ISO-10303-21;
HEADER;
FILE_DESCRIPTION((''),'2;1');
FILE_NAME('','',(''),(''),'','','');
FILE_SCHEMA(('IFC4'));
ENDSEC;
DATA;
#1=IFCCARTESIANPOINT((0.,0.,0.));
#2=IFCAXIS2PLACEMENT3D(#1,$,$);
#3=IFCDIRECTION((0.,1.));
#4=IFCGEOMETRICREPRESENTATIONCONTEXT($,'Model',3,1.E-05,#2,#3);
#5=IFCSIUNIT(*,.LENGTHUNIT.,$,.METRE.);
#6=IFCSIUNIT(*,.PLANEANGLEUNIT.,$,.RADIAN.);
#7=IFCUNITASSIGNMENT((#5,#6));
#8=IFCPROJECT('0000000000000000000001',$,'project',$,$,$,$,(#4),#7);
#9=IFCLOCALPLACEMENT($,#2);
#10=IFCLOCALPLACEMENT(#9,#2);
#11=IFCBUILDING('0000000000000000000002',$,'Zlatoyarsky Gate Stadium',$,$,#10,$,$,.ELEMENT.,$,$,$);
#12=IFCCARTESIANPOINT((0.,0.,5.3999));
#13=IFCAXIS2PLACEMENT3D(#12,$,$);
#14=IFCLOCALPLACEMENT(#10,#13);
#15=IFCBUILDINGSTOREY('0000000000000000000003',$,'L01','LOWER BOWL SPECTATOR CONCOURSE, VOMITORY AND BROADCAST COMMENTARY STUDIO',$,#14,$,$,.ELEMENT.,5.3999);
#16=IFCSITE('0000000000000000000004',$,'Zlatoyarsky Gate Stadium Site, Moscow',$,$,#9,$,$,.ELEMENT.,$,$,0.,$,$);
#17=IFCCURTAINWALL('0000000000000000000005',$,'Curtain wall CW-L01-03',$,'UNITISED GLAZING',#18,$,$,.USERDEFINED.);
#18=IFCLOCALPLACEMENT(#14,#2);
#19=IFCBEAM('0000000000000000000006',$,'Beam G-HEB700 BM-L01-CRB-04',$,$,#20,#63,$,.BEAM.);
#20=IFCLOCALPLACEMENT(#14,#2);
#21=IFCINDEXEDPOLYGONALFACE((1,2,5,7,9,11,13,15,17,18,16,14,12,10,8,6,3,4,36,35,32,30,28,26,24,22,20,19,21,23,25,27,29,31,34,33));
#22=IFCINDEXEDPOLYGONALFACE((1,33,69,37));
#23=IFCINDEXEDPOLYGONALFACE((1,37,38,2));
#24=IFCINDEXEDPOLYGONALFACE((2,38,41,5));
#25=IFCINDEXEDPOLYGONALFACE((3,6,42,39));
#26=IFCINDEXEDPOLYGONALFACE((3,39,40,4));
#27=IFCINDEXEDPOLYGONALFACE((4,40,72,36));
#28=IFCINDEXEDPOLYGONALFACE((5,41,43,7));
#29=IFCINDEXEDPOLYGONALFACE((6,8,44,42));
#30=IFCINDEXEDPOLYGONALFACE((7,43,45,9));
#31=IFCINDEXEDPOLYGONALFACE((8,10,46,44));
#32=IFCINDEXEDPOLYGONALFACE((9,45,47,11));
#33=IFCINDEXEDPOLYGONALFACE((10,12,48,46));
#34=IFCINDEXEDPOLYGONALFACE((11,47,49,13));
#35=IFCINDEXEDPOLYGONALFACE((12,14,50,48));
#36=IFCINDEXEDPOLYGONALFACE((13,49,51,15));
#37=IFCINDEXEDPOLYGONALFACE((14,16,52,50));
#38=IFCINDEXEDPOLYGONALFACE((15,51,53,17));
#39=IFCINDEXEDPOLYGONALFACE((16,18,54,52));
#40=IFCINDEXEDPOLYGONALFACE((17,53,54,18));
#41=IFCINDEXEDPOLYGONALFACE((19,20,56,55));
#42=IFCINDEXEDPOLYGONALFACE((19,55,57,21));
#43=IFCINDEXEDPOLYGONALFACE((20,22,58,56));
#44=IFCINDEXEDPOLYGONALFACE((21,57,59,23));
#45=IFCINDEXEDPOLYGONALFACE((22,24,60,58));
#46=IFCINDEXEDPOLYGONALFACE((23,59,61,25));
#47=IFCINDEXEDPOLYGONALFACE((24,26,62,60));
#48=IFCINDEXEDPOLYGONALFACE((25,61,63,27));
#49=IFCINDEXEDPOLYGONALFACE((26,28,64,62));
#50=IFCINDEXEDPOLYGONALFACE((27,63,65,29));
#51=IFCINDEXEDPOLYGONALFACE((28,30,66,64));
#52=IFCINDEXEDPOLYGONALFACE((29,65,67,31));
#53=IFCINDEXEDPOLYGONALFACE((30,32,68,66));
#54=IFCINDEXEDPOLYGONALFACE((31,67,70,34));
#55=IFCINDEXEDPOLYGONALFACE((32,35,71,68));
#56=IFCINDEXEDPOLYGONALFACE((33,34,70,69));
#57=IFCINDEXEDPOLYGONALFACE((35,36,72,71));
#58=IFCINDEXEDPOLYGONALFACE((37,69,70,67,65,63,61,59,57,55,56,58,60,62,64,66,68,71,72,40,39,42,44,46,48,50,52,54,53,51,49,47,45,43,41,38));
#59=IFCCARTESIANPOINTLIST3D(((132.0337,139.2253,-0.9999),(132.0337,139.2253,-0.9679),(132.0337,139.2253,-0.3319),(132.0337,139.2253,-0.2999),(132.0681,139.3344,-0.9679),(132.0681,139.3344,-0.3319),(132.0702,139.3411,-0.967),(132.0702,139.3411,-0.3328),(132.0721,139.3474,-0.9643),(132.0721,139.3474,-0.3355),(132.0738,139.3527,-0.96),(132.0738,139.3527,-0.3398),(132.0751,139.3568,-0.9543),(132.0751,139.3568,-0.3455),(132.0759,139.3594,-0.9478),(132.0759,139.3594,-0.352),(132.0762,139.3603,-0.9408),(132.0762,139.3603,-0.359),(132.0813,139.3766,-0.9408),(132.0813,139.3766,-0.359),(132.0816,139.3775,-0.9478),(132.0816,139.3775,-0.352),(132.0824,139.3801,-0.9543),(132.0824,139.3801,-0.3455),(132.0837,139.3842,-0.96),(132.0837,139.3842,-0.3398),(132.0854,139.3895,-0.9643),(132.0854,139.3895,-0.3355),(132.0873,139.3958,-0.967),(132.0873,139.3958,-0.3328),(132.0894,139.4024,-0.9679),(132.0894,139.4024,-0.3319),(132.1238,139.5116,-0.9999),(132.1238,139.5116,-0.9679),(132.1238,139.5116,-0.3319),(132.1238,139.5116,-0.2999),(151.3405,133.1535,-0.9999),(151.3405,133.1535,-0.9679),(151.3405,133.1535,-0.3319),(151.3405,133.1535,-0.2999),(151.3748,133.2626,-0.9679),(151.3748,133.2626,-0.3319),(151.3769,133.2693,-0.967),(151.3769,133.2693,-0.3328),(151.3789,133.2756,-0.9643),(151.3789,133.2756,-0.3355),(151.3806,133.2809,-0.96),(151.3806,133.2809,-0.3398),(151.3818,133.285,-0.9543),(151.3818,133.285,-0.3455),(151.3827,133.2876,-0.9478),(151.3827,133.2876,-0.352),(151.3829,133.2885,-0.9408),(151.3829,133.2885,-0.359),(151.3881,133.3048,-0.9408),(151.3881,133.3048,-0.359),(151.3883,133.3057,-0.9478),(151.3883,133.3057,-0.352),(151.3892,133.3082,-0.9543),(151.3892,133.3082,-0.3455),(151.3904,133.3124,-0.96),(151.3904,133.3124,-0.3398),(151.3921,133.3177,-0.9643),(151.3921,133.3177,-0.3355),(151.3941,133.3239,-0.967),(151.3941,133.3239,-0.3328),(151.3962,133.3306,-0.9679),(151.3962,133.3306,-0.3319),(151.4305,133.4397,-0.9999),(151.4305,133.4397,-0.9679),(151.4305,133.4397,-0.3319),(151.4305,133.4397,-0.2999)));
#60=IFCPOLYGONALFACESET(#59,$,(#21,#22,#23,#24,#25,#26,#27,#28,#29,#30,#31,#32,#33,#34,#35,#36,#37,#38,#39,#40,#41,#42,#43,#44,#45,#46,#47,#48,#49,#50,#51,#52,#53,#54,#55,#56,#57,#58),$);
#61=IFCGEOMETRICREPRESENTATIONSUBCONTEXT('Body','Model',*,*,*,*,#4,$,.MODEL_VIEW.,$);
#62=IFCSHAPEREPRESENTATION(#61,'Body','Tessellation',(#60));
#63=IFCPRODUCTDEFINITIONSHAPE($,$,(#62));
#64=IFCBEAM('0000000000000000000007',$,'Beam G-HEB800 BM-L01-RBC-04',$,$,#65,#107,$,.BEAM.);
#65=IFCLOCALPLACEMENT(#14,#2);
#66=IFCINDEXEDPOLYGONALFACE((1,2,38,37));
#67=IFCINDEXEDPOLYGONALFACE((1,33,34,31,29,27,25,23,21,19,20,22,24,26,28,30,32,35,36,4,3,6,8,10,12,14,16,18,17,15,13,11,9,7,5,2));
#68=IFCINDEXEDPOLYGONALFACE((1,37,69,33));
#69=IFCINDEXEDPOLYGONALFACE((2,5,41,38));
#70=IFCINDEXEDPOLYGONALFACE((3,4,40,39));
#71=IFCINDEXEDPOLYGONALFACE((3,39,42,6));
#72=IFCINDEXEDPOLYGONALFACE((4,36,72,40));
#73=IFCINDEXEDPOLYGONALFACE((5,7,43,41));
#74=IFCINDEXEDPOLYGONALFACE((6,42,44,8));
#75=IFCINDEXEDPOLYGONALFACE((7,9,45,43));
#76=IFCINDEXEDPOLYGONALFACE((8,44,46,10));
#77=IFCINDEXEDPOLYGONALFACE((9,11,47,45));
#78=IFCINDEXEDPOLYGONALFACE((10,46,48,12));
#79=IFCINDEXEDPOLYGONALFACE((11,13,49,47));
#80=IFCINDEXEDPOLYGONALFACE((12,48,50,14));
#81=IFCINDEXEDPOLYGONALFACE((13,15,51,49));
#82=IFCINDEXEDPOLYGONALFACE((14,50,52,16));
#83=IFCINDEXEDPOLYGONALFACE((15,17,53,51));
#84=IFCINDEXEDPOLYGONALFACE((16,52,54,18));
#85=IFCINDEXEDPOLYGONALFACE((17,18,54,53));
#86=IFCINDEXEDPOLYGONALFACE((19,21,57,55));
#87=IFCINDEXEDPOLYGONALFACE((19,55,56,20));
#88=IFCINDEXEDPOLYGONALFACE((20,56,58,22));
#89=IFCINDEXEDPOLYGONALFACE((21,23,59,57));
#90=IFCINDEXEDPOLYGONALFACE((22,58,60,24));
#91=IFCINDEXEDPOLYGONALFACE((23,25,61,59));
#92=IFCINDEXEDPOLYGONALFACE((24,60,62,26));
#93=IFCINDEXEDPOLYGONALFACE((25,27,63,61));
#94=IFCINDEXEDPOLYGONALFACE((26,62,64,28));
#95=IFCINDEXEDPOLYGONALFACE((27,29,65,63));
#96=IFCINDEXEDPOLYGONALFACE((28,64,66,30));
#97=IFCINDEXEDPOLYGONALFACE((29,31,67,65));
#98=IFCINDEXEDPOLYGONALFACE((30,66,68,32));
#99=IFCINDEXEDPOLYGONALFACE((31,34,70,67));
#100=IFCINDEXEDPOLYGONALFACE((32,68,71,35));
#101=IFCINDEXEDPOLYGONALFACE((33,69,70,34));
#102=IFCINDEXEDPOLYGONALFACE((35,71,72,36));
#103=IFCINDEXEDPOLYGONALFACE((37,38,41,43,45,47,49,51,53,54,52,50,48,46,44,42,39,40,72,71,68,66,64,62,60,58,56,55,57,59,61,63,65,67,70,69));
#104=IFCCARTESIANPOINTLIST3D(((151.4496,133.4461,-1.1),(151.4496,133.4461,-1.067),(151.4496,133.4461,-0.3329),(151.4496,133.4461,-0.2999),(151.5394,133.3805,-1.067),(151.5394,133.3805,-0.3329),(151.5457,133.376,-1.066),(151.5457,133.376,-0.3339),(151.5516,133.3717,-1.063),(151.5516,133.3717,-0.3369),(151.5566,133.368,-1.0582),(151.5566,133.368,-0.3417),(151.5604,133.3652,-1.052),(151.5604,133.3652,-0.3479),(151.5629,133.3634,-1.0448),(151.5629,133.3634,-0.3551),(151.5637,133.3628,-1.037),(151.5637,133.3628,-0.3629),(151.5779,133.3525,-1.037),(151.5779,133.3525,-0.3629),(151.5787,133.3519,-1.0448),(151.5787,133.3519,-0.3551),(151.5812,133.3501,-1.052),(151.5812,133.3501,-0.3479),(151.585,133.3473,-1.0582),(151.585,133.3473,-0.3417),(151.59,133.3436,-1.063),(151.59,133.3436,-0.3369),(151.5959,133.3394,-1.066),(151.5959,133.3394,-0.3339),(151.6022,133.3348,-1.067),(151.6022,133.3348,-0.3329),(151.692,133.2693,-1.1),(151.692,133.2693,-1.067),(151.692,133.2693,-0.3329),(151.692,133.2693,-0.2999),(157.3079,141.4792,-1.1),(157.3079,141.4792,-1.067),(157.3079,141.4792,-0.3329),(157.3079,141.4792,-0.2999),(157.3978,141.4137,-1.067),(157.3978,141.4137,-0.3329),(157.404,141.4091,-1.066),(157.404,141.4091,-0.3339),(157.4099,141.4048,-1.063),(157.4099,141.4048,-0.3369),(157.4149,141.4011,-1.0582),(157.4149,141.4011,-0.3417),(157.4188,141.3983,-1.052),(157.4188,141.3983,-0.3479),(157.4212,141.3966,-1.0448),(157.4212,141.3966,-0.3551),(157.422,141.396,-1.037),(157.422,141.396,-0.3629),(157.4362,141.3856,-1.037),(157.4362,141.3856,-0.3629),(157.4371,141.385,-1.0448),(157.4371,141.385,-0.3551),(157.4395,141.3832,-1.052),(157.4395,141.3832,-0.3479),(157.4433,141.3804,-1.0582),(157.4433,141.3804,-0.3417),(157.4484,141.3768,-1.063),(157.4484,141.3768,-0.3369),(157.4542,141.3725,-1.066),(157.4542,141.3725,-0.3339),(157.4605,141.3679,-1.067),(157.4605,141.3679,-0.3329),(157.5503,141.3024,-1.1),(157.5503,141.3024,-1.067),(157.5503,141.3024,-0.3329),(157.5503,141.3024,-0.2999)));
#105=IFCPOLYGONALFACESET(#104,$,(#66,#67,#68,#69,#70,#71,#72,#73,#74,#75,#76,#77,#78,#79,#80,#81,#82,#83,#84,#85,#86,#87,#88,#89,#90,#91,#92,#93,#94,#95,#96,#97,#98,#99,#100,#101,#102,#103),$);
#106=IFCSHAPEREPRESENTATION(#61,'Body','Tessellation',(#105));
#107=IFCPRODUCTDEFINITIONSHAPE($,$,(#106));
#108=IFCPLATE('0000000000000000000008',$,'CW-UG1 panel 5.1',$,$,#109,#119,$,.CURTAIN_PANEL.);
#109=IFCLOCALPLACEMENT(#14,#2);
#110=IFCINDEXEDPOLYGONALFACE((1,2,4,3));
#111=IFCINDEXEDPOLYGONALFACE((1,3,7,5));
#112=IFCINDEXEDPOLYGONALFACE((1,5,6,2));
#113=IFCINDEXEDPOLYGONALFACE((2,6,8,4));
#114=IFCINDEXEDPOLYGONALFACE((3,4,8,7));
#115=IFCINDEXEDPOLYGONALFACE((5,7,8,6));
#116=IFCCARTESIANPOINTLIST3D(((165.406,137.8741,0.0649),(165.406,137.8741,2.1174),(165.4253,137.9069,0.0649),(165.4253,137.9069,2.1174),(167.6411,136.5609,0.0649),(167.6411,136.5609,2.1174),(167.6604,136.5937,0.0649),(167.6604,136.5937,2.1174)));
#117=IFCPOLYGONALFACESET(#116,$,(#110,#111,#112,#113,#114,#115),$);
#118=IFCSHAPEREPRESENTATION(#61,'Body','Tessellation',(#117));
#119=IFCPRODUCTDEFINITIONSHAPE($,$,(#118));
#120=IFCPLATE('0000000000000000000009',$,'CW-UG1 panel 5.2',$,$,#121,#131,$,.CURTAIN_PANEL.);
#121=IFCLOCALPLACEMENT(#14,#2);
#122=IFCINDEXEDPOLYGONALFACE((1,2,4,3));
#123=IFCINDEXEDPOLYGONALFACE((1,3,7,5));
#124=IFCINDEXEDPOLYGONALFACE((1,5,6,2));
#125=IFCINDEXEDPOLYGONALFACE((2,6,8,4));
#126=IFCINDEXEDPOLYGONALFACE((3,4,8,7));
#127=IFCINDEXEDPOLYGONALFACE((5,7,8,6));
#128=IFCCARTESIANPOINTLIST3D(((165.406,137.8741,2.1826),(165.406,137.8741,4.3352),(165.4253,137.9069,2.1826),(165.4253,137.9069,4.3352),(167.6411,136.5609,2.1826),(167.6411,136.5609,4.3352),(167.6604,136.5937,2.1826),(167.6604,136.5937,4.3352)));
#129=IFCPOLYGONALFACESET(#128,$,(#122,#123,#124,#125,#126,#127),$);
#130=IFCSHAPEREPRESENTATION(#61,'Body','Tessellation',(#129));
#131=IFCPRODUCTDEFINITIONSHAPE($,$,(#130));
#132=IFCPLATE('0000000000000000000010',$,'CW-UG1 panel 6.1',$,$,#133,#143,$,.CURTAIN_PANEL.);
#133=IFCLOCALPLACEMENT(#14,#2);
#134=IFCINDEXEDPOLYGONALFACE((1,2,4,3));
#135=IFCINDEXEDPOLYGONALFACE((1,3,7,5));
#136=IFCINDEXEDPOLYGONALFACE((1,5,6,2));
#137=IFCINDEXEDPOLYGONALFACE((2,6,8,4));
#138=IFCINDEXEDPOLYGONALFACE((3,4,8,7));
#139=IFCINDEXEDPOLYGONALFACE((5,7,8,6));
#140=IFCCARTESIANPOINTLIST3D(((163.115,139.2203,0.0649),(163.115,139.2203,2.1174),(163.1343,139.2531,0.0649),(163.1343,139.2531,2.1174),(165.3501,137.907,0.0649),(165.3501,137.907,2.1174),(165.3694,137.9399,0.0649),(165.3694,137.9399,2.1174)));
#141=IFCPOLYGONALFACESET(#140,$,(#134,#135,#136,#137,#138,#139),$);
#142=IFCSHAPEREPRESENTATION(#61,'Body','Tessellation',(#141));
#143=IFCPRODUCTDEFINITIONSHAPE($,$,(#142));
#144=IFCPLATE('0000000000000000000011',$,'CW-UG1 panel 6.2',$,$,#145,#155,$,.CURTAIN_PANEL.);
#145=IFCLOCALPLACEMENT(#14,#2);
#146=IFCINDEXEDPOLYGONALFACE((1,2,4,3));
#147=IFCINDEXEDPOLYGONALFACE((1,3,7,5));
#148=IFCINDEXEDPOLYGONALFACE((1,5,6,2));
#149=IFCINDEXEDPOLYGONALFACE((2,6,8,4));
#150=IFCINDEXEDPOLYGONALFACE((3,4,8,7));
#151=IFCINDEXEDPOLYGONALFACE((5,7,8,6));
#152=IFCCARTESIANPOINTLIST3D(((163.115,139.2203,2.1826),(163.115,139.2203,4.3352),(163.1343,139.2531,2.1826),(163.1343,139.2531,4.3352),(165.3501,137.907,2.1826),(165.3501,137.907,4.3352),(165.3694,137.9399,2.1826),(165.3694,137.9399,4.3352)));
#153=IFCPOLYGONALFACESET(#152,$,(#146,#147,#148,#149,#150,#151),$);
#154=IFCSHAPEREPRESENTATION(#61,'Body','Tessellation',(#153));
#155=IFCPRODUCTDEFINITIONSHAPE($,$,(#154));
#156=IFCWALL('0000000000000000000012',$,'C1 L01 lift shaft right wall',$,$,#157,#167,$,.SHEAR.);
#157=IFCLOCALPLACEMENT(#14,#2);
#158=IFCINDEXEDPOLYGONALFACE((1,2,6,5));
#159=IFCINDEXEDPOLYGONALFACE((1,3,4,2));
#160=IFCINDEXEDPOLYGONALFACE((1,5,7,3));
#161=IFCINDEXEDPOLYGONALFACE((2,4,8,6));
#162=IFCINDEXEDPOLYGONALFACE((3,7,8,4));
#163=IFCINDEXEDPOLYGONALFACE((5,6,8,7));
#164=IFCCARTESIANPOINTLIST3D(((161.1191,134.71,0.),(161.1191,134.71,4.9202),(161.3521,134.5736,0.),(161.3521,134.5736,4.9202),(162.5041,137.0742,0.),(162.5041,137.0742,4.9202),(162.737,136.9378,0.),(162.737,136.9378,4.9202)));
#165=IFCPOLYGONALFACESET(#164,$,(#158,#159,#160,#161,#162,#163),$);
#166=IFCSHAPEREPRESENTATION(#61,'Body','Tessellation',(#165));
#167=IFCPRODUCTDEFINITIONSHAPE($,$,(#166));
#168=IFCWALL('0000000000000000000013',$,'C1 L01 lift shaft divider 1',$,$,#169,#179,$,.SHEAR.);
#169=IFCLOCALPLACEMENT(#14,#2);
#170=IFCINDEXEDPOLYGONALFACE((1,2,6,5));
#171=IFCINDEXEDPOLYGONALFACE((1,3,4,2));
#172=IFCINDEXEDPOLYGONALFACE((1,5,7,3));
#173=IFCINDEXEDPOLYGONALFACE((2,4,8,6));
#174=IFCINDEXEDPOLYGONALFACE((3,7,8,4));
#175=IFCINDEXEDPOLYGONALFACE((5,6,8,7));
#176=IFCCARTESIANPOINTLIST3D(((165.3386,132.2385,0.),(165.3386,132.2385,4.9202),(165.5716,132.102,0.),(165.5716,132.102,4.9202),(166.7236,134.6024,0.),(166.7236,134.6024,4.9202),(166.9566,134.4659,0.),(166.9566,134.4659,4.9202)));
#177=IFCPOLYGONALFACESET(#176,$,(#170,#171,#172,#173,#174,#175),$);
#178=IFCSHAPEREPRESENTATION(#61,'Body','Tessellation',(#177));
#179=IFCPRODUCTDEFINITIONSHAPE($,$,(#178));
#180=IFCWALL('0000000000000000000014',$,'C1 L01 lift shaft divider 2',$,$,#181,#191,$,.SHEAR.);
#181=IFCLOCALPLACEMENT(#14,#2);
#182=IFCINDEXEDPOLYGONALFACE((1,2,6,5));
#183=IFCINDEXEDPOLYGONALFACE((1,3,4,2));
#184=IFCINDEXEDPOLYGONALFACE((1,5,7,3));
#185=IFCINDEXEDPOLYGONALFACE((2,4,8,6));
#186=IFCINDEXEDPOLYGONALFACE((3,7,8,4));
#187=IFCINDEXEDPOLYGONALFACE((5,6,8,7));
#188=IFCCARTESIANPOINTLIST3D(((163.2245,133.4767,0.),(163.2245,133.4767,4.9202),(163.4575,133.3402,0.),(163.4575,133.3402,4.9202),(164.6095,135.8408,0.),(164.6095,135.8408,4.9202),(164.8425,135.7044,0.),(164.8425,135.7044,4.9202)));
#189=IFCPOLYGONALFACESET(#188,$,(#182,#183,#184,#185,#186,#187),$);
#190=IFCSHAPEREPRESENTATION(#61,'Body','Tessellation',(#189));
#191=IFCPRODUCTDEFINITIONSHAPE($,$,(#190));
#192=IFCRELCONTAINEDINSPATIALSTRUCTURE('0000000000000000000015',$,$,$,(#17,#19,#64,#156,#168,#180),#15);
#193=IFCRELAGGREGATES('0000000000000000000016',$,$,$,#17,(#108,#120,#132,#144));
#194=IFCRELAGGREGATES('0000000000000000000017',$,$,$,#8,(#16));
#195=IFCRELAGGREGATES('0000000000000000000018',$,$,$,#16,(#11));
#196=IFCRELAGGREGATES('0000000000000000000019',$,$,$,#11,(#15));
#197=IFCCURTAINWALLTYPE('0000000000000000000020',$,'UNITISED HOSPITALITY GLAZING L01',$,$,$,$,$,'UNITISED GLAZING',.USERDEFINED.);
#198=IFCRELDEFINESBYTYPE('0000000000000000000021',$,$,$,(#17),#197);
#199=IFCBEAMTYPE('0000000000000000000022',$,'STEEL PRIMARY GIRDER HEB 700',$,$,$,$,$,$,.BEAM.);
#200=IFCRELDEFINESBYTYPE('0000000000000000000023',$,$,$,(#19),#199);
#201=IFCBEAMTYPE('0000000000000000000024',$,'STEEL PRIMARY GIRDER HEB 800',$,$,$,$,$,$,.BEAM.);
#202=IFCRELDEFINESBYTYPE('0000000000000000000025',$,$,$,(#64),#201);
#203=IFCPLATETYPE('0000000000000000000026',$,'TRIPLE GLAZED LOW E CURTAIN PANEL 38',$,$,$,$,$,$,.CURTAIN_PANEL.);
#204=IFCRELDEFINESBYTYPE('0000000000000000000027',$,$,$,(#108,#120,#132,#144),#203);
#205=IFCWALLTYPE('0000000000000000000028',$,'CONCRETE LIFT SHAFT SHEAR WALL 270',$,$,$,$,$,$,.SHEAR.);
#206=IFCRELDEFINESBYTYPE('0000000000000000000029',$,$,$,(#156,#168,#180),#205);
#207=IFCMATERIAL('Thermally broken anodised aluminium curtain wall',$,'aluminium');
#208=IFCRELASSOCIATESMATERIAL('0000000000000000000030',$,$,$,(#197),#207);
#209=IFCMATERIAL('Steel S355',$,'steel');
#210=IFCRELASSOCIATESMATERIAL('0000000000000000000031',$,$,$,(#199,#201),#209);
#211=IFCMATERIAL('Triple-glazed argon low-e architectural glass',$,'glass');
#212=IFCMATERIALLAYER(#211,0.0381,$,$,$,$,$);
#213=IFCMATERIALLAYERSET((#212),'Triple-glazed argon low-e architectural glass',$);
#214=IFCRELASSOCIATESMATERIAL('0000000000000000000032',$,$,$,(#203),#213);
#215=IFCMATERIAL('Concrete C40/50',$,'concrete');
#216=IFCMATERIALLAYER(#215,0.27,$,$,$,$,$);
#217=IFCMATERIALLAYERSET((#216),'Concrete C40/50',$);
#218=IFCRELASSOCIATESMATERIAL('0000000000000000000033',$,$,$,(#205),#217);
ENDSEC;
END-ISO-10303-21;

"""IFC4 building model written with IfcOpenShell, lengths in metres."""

from ifc_helpers import new_model, si_unit, direction, frame, frame_2d, origin, origin_2d, place, context, subcontext, project, spatial, rectangle, i_section, extrude, material, layer, layer_set, material_profile, profile_set, type_object, element, aggregate, save


model = new_model("IFC4")

# Units and contexts
model_context = context("Model", 3, precision=1e-05, world=origin(), true_north=direction((0.0, 1.0)))
body_context = subcontext(model_context, "Body", "Model", "MODEL_VIEW")
ifc_project = project(units=[si_unit("LENGTHUNIT", "METRE"), si_unit("PLANEANGLEUNIT", "RADIAN")], contexts=[model_context])

# Site, building, storey
site_placement = place(None, origin())
site = spatial("IfcSite", under=ifc_project, at=site_placement, Name="Zlatoyarsky Gate Stadium Site, Moscow", CompositionType="ELEMENT", RefElevation=0.0)
building_placement = place(site_placement, origin())
building = spatial("IfcBuilding", under=site, at=building_placement, Name="Zlatoyarsky Gate Stadium", CompositionType="ELEMENT")
storey_placement = place(building_placement, frame((0.0, 0.0, 5.3999)))
storey = spatial("IfcBuildingStorey", under=building, at=storey_placement, Name="L01", Description="LOWER BOWL SPECTATOR CONCOURSE, VOMITORY AND BROADCAST COMMENTARY STUDIO", CompositionType="ELEMENT", Elevation=5.3999)

# Curtain wall
ifc_material_1 = material(Name="Thermally broken anodised aluminium curtain wall", Category="aluminium")
curtain_wall_type = type_object("IfcCurtainWallType", Name="UNITISED HOSPITALITY GLAZING L01", ElementType="UNITISED GLAZING", PredefinedType="USERDEFINED", material=ifc_material_1)
curtain_wall_placement = place(storey_placement, origin())
curtain_wall = element("IfcCurtainWall", 1, at=curtain_wall_placement, inside=storey, type_object=curtain_wall_type, Name="Curtain wall CW-L01-03", ObjectType="UNITISED GLAZING", PredefinedType="USERDEFINED")

# Beams
ifc_material_2 = material(Name="Steel S355", Category="steel")
ifc_material_profile_1 = material_profile(ifc_material_2, i_section(OverallWidth=0.3, OverallDepth=0.7, WebThickness=0.0171, FlangeThickness=0.032, FilletRadius=0.0271, at=origin_2d()), Name="HEB 700")
ifc_profile_set_1 = profile_set([ifc_material_profile_1], Name="Steel S355")
beam_type_1 = type_object("IfcBeamType", Name="STEEL PRIMARY GIRDER HEB 700", PredefinedType="BEAM", material=ifc_profile_set_1)
beam_1_placement = place(storey_placement, frame((151.3855, 133.2966, -0.6499), z_axis=(-0.953938, 0.300005, 0.0), x_axis=(-0.300005, -0.953938, 0.0)))
element("IfcBeam", 2, at=beam_1_placement, inside=storey, type_object=beam_type_1, Name="Beam G-HEB700 BM-L01-CRB-04", PredefinedType="BEAM", context=body_context, shape_type="SweptSolid", body=[
    extrude(i_section(OverallWidth=0.3, OverallDepth=0.7, WebThickness=0.0171, FlangeThickness=0.032, FilletRadius=0.0271, at=origin_2d()), origin(), (0.0, 0.0, 1.0), 20.239),
])
ifc_material_profile_2 = material_profile(ifc_material_2, i_section(OverallWidth=0.3, OverallDepth=0.8, WebThickness=0.0176, FlangeThickness=0.033, FilletRadius=0.03, at=origin_2d()), Name="HEB 800")
ifc_profile_set_2 = profile_set([ifc_material_profile_2], Name="Steel S355")
beam_type_2 = type_object("IfcBeamType", Name="STEEL PRIMARY GIRDER HEB 800", PredefinedType="BEAM", material=ifc_profile_set_2)
beam_2_placement = place(storey_placement, frame((151.5708, 133.3577, -0.7), z_axis=(0.589228, 0.807967, 0.0), x_axis=(-0.807967, 0.589228, 0.0)))
element("IfcBeam", 3, at=beam_2_placement, inside=storey, type_object=beam_type_2, Name="Beam G-HEB800 BM-L01-RBC-04", PredefinedType="BEAM", context=body_context, shape_type="SweptSolid", body=[
    extrude(i_section(OverallWidth=0.3, OverallDepth=0.8, WebThickness=0.0176, FlangeThickness=0.033, FilletRadius=0.03, at=origin_2d()), origin(), (0.0, 0.0, 1.0), 9.9424),
])

# Plates
ifc_material_3 = material(Name="Triple-glazed argon low-e architectural glass", Category="glass")
ifc_layer_1 = layer(ifc_material_3, 0.0381)
ifc_layer_set_1 = layer_set([ifc_layer_1], Name="Triple-glazed argon low-e architectural glass")
plate_type = type_object("IfcPlateType", Name="TRIPLE GLAZED LOW E CURTAIN PANEL 38", PredefinedType="CURTAIN_PANEL", material=ifc_layer_set_1)
plate_1_placement = place(storey_placement, frame((166.5332, 137.2339, 0.0649), z_axis=(0.0, 0.0, 1.0), x_axis=(-0.862187, 0.50659, 0.0)))
plate_1 = element("IfcPlate", 4, at=plate_1_placement, type_object=plate_type, Name="CW-UG1 panel 5.1", PredefinedType="CURTAIN_PANEL", context=body_context, shape_type="SweptSolid", body=[
    extrude(rectangle(XDim=2.5923, YDim=0.0381, at=origin_2d()), origin(), (0.0, 0.0, 1.0), 2.0525),
])
plate_2_placement = place(storey_placement, frame((166.5332, 137.2339, 2.1826), z_axis=(0.0, 0.0, 1.0), x_axis=(-0.862187, 0.50659, 0.0)))
plate_2 = element("IfcPlate", 5, at=plate_2_placement, type_object=plate_type, Name="CW-UG1 panel 5.2", PredefinedType="CURTAIN_PANEL", context=body_context, shape_type="SweptSolid", body=[
    extrude(rectangle(XDim=2.5923, YDim=0.0381, at=origin_2d()), origin(), (0.0, 0.0, 1.0), 2.1526),
])
plate_3_placement = place(storey_placement, frame((164.2422, 138.5801, 0.0649), z_axis=(0.0, 0.0, 1.0), x_axis=(-0.862187, 0.50659, 0.0)))
plate_3 = element("IfcPlate", 6, at=plate_3_placement, type_object=plate_type, Name="CW-UG1 panel 6.1", PredefinedType="CURTAIN_PANEL", context=body_context, shape_type="SweptSolid", body=[
    extrude(rectangle(XDim=2.5923, YDim=0.0381, at=origin_2d()), origin(), (0.0, 0.0, 1.0), 2.0525),
])
plate_4_placement = place(storey_placement, frame((164.2422, 138.5801, 2.1826), z_axis=(0.0, 0.0, 1.0), x_axis=(-0.862187, 0.50659, 0.0)))
plate_4 = element("IfcPlate", 7, at=plate_4_placement, type_object=plate_type, Name="CW-UG1 panel 6.2", PredefinedType="CURTAIN_PANEL", context=body_context, shape_type="SweptSolid", body=[
    extrude(rectangle(XDim=2.5923, YDim=0.0381, at=origin_2d()), origin(), (0.0, 0.0, 1.0), 2.1526),
])
aggregate(curtain_wall, [plate_1, plate_2, plate_3, plate_4])

# Walls
ifc_material_4 = material(Name="Concrete C40/50", Category="concrete")
ifc_layer_2 = layer(ifc_material_4, 0.27)
ifc_layer_set_2 = layer_set([ifc_layer_2], Name="Concrete C40/50")
wall_type_1 = type_object("IfcWallType", Name="CONCRETE LIFT SHAFT SHEAR WALL 270", PredefinedType="SHEAR", material=ifc_layer_set_2)
wall_1_placement = place(storey_placement, frame((162.6206, 137.0061, 0.0), z_axis=(0.0, 0.0, 1.0), x_axis=(-0.505466, -0.862847, 0.0)))
element("IfcWall", 8, at=wall_1_placement, inside=storey, type_object=wall_type_1, Name="C1 L01 lift shaft right wall", PredefinedType="SHEAR", context=body_context, shape_type="SweptSolid", body=[
    extrude(rectangle(XDim=2.74, YDim=0.27, at=frame_2d((1.3701, 0.0))), origin(), (0.0, 0.0, 1.0), 4.9202),
])
wall_2_placement = place(storey_placement, frame((166.8401, 134.5342, 0.0), z_axis=(0.0, 0.0, 1.0), x_axis=(-0.505505, -0.862824, 0.0)))
element("IfcWall", 9, at=wall_2_placement, inside=storey, type_object=wall_type_1, Name="C1 L01 lift shaft divider 1", PredefinedType="SHEAR", context=body_context, shape_type="SweptSolid", body=[
    extrude(rectangle(XDim=2.7397, YDim=0.27, at=frame_2d((1.3699, 0.0))), origin(), (0.0, 0.0, 1.0), 4.9202),
])
wall_3_placement = place(storey_placement, frame((164.7261, 135.7727, 0.0), z_axis=(0.0, 0.0, 1.0), x_axis=(-0.505466, -0.862847, 0.0)))
element("IfcWall", 10, at=wall_3_placement, inside=storey, type_object=wall_type_1, Name="C1 L01 lift shaft divider 2", PredefinedType="SHEAR", context=body_context, shape_type="SweptSolid", body=[
    extrude(rectangle(XDim=2.74, YDim=0.27, at=frame_2d((1.3701, 0.0))), origin(), (0.0, 0.0, 1.0), 4.9202),
])

save(model, "model.ifc")
